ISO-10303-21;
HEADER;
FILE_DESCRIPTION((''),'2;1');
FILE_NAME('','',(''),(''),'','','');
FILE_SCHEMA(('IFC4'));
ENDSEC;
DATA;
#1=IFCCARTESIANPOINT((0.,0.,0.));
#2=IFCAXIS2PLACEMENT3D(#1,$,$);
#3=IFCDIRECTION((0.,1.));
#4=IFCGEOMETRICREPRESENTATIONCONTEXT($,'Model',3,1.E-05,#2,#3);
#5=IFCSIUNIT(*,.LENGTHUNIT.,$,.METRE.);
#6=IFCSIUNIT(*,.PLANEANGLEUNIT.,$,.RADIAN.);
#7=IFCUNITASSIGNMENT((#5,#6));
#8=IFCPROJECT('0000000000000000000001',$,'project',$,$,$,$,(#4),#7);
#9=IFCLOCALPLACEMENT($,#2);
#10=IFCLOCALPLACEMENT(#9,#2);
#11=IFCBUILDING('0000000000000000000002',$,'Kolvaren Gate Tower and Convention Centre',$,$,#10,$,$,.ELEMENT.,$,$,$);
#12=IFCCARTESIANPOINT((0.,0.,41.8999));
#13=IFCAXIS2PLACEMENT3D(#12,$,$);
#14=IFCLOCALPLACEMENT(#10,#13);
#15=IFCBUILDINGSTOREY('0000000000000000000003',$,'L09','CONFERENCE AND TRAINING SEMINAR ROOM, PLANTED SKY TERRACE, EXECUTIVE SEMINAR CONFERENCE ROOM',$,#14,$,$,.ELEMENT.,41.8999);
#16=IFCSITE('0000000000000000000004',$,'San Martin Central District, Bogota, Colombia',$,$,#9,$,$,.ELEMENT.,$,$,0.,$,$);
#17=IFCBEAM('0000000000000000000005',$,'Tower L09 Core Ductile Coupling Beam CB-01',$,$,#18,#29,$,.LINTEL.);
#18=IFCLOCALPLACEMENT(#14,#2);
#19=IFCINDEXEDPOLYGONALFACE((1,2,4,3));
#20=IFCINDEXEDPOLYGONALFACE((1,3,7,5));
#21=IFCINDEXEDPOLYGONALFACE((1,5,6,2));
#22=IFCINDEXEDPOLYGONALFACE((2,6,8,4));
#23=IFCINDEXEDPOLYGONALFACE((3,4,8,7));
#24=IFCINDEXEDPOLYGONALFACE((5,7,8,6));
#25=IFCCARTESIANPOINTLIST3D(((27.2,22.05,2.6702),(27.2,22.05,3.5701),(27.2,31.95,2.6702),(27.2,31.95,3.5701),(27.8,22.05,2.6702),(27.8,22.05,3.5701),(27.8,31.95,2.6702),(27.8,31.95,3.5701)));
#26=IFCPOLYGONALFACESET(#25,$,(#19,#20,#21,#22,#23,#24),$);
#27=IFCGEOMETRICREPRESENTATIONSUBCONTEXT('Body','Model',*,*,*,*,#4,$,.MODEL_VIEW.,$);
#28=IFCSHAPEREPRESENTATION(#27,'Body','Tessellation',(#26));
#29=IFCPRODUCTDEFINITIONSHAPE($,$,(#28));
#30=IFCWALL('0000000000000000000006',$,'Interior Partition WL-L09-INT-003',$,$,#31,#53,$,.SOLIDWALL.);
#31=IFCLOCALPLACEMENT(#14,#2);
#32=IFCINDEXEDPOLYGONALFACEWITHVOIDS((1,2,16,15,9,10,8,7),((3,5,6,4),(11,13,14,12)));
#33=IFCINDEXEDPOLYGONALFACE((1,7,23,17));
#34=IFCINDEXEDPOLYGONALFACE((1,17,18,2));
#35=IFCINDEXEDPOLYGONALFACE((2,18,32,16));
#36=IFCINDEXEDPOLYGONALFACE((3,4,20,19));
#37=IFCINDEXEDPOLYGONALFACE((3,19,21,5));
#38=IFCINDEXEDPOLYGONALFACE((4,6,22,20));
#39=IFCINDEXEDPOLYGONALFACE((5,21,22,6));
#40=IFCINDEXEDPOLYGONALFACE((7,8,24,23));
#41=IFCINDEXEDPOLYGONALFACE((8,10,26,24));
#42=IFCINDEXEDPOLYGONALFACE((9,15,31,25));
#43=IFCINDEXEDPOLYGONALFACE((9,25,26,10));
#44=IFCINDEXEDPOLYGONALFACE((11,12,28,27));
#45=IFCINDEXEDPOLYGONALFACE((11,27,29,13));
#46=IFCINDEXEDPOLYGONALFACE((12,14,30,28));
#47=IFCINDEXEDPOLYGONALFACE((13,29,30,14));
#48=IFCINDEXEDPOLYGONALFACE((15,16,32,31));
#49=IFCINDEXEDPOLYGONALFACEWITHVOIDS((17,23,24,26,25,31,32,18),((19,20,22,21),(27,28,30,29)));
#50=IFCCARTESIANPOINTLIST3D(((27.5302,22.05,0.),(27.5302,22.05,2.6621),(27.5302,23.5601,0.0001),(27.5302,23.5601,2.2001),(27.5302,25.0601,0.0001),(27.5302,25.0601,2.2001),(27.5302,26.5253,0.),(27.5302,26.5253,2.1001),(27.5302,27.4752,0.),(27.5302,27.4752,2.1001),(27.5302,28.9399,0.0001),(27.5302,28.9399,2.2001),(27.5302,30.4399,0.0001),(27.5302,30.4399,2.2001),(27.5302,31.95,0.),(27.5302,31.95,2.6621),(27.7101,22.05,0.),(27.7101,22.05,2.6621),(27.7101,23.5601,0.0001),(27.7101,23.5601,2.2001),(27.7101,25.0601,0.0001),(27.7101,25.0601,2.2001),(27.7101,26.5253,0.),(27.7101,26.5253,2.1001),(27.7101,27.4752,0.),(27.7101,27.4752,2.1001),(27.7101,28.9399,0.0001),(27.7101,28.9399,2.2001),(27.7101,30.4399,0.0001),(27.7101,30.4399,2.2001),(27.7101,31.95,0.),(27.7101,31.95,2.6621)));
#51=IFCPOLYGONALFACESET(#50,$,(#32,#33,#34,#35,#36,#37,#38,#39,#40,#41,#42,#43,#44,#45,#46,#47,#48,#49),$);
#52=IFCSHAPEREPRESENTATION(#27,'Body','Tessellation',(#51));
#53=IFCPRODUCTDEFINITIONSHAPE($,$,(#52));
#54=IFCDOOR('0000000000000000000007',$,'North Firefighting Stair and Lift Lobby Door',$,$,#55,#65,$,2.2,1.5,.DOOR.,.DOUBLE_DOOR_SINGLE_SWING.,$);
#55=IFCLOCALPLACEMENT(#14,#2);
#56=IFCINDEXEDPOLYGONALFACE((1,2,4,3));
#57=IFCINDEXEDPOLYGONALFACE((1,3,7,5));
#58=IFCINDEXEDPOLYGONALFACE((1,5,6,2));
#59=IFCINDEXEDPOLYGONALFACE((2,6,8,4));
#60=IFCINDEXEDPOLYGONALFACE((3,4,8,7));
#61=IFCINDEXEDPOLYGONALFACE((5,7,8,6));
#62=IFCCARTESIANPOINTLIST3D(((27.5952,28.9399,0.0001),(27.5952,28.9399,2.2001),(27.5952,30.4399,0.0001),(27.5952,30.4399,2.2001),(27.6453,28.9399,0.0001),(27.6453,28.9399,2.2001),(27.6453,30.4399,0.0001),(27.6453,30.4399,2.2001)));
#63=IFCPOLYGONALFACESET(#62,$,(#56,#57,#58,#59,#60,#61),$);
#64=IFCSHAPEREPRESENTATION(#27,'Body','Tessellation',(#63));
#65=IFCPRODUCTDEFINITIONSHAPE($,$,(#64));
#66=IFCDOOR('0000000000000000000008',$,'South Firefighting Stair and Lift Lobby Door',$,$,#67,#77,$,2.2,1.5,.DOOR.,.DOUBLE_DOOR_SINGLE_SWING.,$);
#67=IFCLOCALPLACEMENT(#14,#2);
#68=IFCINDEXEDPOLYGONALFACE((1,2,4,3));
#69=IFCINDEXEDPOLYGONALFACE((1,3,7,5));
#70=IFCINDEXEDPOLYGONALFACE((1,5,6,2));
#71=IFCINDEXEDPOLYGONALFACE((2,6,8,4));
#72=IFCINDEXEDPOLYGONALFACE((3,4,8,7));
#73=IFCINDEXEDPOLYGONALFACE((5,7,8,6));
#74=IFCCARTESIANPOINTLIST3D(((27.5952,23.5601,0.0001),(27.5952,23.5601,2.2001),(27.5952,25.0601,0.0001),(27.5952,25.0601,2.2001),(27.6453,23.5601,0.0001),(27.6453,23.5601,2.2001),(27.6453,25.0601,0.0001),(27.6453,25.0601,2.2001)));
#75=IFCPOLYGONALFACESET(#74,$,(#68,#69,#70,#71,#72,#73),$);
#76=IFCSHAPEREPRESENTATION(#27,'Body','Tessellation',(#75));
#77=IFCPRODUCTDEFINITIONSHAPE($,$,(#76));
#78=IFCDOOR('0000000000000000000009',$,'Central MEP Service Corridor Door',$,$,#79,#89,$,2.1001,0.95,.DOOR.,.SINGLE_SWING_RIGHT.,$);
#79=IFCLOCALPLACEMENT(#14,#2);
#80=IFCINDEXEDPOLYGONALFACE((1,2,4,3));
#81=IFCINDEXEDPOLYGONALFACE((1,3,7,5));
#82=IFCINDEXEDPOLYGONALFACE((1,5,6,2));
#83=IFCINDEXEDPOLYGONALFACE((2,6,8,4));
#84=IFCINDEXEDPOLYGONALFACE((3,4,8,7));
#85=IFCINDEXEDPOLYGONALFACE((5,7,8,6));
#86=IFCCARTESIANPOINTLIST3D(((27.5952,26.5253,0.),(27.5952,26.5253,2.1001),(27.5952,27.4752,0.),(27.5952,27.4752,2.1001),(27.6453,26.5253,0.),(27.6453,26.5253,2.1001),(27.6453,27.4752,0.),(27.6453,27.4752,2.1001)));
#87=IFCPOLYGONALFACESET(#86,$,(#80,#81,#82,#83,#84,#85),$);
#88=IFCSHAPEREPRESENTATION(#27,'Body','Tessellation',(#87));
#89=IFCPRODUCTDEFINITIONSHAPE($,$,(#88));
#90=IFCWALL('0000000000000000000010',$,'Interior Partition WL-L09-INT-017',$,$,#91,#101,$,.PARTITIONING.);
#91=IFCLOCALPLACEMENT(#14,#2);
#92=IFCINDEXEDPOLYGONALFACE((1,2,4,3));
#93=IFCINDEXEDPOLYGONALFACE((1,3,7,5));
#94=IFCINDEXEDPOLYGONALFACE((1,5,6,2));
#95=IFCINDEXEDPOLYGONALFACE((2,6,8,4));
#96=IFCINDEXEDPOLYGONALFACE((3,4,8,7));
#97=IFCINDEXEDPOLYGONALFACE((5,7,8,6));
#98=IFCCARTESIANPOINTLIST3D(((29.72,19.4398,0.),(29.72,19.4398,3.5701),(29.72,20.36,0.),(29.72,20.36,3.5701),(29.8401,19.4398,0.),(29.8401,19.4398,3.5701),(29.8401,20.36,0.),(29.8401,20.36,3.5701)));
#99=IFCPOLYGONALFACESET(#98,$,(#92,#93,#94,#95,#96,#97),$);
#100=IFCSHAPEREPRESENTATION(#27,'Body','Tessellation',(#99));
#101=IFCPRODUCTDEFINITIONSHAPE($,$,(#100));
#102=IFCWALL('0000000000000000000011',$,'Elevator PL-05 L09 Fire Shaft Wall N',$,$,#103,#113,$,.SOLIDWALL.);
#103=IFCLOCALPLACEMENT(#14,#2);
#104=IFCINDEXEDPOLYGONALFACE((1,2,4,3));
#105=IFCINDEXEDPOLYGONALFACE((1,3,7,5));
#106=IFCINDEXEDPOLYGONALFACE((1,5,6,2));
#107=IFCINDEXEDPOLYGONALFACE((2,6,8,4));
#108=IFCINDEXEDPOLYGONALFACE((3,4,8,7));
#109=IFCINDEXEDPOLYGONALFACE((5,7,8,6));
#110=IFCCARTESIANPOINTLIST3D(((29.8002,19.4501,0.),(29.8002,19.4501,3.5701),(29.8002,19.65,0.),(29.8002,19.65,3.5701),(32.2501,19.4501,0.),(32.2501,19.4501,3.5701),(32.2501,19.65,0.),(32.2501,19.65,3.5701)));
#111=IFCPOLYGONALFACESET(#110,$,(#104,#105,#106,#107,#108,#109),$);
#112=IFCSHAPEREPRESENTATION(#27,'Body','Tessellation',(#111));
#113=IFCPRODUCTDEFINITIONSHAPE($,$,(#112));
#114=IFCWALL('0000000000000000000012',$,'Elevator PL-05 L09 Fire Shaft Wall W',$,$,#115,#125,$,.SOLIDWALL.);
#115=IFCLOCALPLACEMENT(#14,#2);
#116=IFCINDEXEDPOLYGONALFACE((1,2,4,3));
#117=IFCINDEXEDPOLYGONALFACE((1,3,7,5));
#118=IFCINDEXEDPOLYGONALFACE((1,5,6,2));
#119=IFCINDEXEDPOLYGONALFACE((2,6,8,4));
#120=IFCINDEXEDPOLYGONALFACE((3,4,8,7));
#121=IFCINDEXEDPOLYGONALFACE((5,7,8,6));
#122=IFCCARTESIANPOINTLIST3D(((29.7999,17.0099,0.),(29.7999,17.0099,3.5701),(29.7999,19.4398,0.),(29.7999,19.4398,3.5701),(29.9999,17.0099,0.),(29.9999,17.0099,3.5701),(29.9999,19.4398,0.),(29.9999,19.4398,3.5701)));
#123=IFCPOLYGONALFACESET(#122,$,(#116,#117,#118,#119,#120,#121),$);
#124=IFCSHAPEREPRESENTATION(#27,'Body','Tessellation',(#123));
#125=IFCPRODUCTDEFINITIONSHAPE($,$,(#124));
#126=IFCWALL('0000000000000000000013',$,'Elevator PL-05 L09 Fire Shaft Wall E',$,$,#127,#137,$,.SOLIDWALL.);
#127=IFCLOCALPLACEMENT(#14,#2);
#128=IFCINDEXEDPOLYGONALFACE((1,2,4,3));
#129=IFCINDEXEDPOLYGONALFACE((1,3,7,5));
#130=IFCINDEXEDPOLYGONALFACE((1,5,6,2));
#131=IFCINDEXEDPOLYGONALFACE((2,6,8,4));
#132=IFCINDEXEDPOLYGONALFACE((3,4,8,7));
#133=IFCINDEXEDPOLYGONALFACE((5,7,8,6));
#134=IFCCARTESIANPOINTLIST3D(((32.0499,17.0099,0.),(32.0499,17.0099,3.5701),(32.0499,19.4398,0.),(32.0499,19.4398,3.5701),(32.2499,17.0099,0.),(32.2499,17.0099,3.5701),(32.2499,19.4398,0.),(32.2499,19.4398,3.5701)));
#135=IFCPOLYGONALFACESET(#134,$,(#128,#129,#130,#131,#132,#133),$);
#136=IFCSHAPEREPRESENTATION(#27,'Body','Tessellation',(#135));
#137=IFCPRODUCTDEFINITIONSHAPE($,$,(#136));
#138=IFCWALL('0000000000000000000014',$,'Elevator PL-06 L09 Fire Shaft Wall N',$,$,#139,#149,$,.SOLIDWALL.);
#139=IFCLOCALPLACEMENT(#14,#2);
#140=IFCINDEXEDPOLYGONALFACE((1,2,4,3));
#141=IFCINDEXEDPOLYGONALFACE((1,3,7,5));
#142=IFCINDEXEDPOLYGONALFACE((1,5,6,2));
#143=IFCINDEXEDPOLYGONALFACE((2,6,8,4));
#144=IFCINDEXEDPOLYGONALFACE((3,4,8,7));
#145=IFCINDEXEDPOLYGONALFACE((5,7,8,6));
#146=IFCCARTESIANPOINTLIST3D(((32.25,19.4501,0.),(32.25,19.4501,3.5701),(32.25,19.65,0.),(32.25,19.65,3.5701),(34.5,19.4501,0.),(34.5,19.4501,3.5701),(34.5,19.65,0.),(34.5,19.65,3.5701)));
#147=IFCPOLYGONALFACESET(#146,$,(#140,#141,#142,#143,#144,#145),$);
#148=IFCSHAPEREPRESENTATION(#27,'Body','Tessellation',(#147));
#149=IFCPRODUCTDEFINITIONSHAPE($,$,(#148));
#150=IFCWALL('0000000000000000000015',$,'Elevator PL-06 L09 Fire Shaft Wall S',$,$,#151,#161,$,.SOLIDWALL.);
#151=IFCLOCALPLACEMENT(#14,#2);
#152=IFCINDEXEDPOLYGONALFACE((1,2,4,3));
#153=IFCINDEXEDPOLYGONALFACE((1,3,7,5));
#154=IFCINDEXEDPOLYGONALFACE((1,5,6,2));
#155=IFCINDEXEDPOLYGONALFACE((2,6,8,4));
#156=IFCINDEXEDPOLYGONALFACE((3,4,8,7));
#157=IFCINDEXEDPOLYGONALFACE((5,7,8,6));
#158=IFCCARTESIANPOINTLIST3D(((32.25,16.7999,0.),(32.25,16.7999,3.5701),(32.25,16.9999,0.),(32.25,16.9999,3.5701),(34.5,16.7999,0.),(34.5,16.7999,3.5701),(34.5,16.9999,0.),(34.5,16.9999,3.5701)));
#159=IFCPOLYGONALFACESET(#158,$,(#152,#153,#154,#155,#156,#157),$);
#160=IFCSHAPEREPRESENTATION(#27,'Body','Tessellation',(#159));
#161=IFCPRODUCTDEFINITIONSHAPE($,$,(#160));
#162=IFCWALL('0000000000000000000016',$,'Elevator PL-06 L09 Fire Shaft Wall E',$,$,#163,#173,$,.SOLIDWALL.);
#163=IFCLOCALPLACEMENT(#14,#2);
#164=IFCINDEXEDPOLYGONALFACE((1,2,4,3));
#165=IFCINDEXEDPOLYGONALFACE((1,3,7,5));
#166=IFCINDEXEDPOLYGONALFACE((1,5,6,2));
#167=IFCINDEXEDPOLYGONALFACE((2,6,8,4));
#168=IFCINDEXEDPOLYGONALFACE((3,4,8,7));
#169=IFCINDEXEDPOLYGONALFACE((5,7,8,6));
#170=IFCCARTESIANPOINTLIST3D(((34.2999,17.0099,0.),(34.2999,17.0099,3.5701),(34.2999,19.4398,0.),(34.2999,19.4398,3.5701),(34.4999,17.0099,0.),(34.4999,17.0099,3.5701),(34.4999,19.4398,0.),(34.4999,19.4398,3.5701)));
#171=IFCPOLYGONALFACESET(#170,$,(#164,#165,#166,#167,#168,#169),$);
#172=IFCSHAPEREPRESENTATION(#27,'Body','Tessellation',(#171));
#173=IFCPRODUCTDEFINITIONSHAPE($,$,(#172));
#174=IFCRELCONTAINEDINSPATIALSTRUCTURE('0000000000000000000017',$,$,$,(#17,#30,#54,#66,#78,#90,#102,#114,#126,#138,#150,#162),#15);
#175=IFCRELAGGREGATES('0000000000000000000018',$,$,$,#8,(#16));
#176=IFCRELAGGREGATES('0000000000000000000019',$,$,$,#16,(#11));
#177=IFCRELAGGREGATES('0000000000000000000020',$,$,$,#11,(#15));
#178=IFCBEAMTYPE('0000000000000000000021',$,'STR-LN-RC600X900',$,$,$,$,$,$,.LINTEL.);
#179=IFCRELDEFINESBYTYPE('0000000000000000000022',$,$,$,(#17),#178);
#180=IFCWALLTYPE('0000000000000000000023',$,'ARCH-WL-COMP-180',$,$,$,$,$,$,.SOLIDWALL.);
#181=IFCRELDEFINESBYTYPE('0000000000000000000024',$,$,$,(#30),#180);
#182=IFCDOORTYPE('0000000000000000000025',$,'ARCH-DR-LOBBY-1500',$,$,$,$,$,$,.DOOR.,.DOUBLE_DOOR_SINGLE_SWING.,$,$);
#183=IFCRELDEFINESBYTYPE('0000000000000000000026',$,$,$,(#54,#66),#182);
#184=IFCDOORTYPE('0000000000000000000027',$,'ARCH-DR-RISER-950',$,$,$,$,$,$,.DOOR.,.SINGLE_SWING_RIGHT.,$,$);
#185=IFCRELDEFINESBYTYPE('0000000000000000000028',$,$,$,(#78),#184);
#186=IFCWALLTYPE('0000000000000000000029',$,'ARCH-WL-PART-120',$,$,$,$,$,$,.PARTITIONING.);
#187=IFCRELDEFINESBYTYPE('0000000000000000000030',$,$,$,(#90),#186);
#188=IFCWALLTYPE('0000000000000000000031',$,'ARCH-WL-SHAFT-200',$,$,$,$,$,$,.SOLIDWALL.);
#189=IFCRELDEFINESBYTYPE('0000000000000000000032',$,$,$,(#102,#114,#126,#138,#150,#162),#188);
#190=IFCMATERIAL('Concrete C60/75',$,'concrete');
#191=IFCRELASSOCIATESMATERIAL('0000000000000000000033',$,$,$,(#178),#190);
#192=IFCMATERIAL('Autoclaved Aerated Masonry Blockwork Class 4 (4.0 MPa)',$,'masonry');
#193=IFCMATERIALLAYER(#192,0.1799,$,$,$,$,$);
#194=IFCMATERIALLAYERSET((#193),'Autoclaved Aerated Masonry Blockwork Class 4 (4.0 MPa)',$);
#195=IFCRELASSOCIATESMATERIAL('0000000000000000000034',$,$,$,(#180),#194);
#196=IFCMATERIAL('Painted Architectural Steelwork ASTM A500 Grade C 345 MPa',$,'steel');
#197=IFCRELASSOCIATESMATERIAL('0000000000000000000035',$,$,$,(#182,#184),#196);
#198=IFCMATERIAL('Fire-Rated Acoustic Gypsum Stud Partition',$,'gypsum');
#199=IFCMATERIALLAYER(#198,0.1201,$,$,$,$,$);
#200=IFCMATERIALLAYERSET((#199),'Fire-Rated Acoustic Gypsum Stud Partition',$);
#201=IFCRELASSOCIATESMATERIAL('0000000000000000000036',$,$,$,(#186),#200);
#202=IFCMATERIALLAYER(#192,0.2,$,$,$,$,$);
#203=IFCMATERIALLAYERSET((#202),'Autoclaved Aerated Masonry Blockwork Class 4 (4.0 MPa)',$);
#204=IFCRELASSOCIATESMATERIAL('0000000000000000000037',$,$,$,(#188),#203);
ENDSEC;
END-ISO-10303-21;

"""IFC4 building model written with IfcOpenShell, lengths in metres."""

from ifc_helpers import new_model, si_unit, direction, frame, frame_2d, origin, origin_2d, place, context, subcontext, project, spatial, rectangle, extrude, material, layer, layer_set, material_profile, profile_set, type_object, element, fill, save


model = new_model("IFC4")

# Units and contexts
model_context = context("Model", 3, precision=1e-05, world=origin(), true_north=direction((0.0, 1.0)))
body_context = subcontext(model_context, "Body", "Model", "MODEL_VIEW")
ifc_project = project(units=[si_unit("LENGTHUNIT", "METRE"), si_unit("PLANEANGLEUNIT", "RADIAN")], contexts=[model_context])

# Site, building, storey
site_placement = place(None, origin())
site = spatial("IfcSite", under=ifc_project, at=site_placement, Name="San Martin Central District, Bogota, Colombia", CompositionType="ELEMENT", RefElevation=0.0)
building_placement = place(site_placement, origin())
building = spatial("IfcBuilding", under=site, at=building_placement, Name="Kolvaren Gate Tower and Convention Centre", CompositionType="ELEMENT")
storey_placement = place(building_placement, frame((0.0, 0.0, 41.8999)))
storey = spatial("IfcBuildingStorey", under=building, at=storey_placement, Name="L09", Description="CONFERENCE AND TRAINING SEMINAR ROOM, PLANTED SKY TERRACE, EXECUTIVE SEMINAR CONFERENCE ROOM", CompositionType="ELEMENT", Elevation=41.8999)

# Beam
ifc_material_1 = material(Name="Concrete C60/75", Category="concrete")
ifc_material_profile = material_profile(ifc_material_1, rectangle(XDim=0.6001, YDim=0.8999, at=origin_2d()), Name="RC-BM-600X900")
ifc_profile_set = profile_set([ifc_material_profile], Name="Concrete C60/75")
beam_type = type_object("IfcBeamType", Name="STR-LN-RC600X900", PredefinedType="LINTEL", material=ifc_profile_set)
beam_placement = place(storey_placement, frame((27.5, 22.05, 3.1201), z_axis=(0.0, 1.0, 0.0), x_axis=(-1.0, 0.0, 0.0)))
element("IfcBeam", 1, at=beam_placement, inside=storey, type_object=beam_type, Name="Tower L09 Core Ductile Coupling Beam CB-01", PredefinedType="LINTEL", context=body_context, shape_type="SweptSolid", body=[
    extrude(rectangle(XDim=0.6001, YDim=0.8999, at=origin_2d()), origin(), (0.0, 0.0, 1.0), 9.8999),
])

# Wall, openings, doors
ifc_material_2 = material(Name="Autoclaved Aerated Masonry Blockwork Class 4 (4.0 MPa)", Category="masonry")
ifc_layer_1 = layer(ifc_material_2, 0.1799)
ifc_layer_set_1 = layer_set([ifc_layer_1], Name="Autoclaved Aerated Masonry Blockwork Class 4 (4.0 MPa)")
wall_type_1 = type_object("IfcWallType", Name="ARCH-WL-COMP-180", PredefinedType="SOLIDWALL", material=ifc_layer_set_1)
wall_1_placement = place(storey_placement, frame((27.6201, 22.05, 0.0), z_axis=(0.0, 0.0, 1.0), x_axis=(0.0, 1.0, 0.0)))
wall_1 = element("IfcWall", 2, at=wall_1_placement, inside=storey, type_object=wall_type_1, Name="Interior Partition WL-L09-INT-003", PredefinedType="SOLIDWALL", context=body_context, shape_type="SweptSolid", body=[
    extrude(rectangle(XDim=9.8999, YDim=0.1799, at=frame_2d((4.95, 0.0))), origin(), (0.0, 0.0, 1.0), 2.6621),
])
opening_1_placement = place(wall_1_placement, frame((4.4751, 0.0, 0.0)))
opening_1 = element("IfcOpeningElement", 3, at=opening_1_placement, cuts=wall_1, PredefinedType="OPENING", context=body_context, shape_type="SweptSolid", body=[
    extrude(rectangle(XDim=0.95, YDim=2.1001, at=frame_2d((0.4751, 1.05))), frame((0.0, 0.0999, 0.0), z_axis=(0.0, -1.0, 0.0), x_axis=(1.0, 0.0, 0.0)), (0.0, 0.0, 1.0), 0.2),
])
opening_2_placement = place(wall_1_placement, frame((6.8899, 0.0, 0.0)))
opening_2 = element("IfcOpeningElement", 4, at=opening_2_placement, cuts=wall_1, PredefinedType="OPENING", context=body_context, shape_type="SweptSolid", body=[
    extrude(rectangle(XDim=1.5, YDim=2.2, at=frame_2d((0.75, 1.1001))), frame((0.0, 0.0999, 0.0), z_axis=(0.0, -1.0, 0.0), x_axis=(1.0, 0.0, 0.0)), (0.0, 0.0, 1.0), 0.2),
])
opening_3_placement = place(wall_1_placement, frame((1.51, 0.0, 0.0)))
opening_3 = element("IfcOpeningElement", 5, at=opening_3_placement, cuts=wall_1, PredefinedType="OPENING", context=body_context, shape_type="SweptSolid", body=[
    extrude(rectangle(XDim=1.5, YDim=2.2, at=frame_2d((0.75, 1.1001))), frame((0.0, 0.0999, 0.0), z_axis=(0.0, -1.0, 0.0), x_axis=(1.0, 0.0, 0.0)), (0.0, 0.0, 1.0), 0.2),
])
ifc_material_3 = material(Name="Painted Architectural Steelwork ASTM A500 Grade C 345 MPa", Category="steel")
door_type_1 = type_object("IfcDoorType", Name="ARCH-DR-LOBBY-1500", OperationType="DOUBLE_DOOR_SINGLE_SWING", PredefinedType="DOOR", material=ifc_material_3)
door_1_placement = place(opening_2_placement, origin())
door_1 = element("IfcDoor", 6, at=door_1_placement, inside=storey, type_object=door_type_1, Name="North Firefighting Stair and Lift Lobby Door", OperationType="DOUBLE_DOOR_SINGLE_SWING", OverallHeight=2.2, OverallWidth=1.5, PredefinedType="DOOR", context=body_context, shape_type="SweptSolid", body=[
    extrude(rectangle(XDim=1.5, YDim=2.2, at=frame_2d((0.75, 1.1001))), frame((0.0, 0.0249, 0.0), z_axis=(0.0, -1.0, 0.0), x_axis=(1.0, 0.0, 0.0)), (0.0, 0.0, 1.0), 0.05),
])
fill(opening_2, door_1)
door_2_placement = place(opening_3_placement, origin())
door_2 = element("IfcDoor", 7, at=door_2_placement, inside=storey, type_object=door_type_1, Name="South Firefighting Stair and Lift Lobby Door", OperationType="DOUBLE_DOOR_SINGLE_SWING", OverallHeight=2.2, OverallWidth=1.5, PredefinedType="DOOR", context=body_context, shape_type="SweptSolid", body=[
    extrude(rectangle(XDim=1.5, YDim=2.2, at=frame_2d((0.75, 1.1001))), frame((0.0, 0.0249, 0.0), z_axis=(0.0, -1.0, 0.0), x_axis=(1.0, 0.0, 0.0)), (0.0, 0.0, 1.0), 0.05),
])
fill(opening_3, door_2)
door_type_2 = type_object("IfcDoorType", Name="ARCH-DR-RISER-950", OperationType="SINGLE_SWING_RIGHT", PredefinedType="DOOR", material=ifc_material_3)
door_3_placement = place(opening_1_placement, origin())
door_3 = element("IfcDoor", 8, at=door_3_placement, inside=storey, type_object=door_type_2, Name="Central MEP Service Corridor Door", OperationType="SINGLE_SWING_RIGHT", OverallHeight=2.1001, OverallWidth=0.95, PredefinedType="DOOR", context=body_context, shape_type="SweptSolid", body=[
    extrude(rectangle(XDim=0.95, YDim=2.1001, at=frame_2d((0.4751, 1.05))), frame((0.0, 0.0249, 0.0), z_axis=(0.0, -1.0, 0.0), x_axis=(1.0, 0.0, 0.0)), (0.0, 0.0, 1.0), 0.05),
])
fill(opening_1, door_3)

# Walls
ifc_material_4 = material(Name="Fire-Rated Acoustic Gypsum Stud Partition", Category="gypsum")
ifc_layer_2 = layer(ifc_material_4, 0.1201)
ifc_layer_set_2 = layer_set([ifc_layer_2], Name="Fire-Rated Acoustic Gypsum Stud Partition")
wall_type_2 = type_object("IfcWallType", Name="ARCH-WL-PART-120", PredefinedType="PARTITIONING", material=ifc_layer_set_2)
wall_2_placement = place(storey_placement, frame((29.78, 19.4399, 0.0), z_axis=(0.0, 0.0, 1.0), x_axis=(0.0, 1.0, 0.0)))
element("IfcWall", 9, at=wall_2_placement, inside=storey, type_object=wall_type_2, Name="Interior Partition WL-L09-INT-017", PredefinedType="PARTITIONING", context=body_context, shape_type="SweptSolid", body=[
    extrude(rectangle(XDim=0.9202, YDim=0.1201, at=frame_2d((0.46, 0.0))), origin(), (0.0, 0.0, 1.0), 3.5701),
])
ifc_layer_3 = layer(ifc_material_2, 0.2)
ifc_layer_set_3 = layer_set([ifc_layer_3], Name="Autoclaved Aerated Masonry Blockwork Class 4 (4.0 MPa)")
wall_type_3 = type_object("IfcWallType", Name="ARCH-WL-SHAFT-200", PredefinedType="SOLIDWALL", material=ifc_layer_set_3)
wall_3_placement = place(storey_placement, frame((29.8, 19.55, 0.0), z_axis=(0.0, 0.0, 1.0), x_axis=(1.0, 0.0, 0.0)))
element("IfcWall", 10, at=wall_3_placement, inside=storey, type_object=wall_type_3, Name="Elevator PL-05 L09 Fire Shaft Wall N", PredefinedType="SOLIDWALL", context=body_context, shape_type="SweptSolid", body=[
    extrude(rectangle(XDim=2.45, YDim=0.2, at=frame_2d((1.2251, 0.0))), origin(), (0.0, 0.0, 1.0), 3.5701),
])
for number, where, z_axis, x_axis, name in (
    (11, (29.8999, 17.01, 0.0), (0.0, 0.0, 1.0), (0.0, 1.0, 0.0), "Elevator PL-05 L09 Fire Shaft Wall W"),
    (12, (32.1499, 17.01, 0.0), (0.0, 0.0, 1.0), (0.0, 1.0, 0.0), "Elevator PL-05 L09 Fire Shaft Wall E"),
):
    element("IfcWall", number, at=place(storey_placement, frame(where, z_axis=z_axis, x_axis=x_axis)), inside=storey, type_object=wall_type_3, Name=name, PredefinedType="SOLIDWALL", context=body_context, shape_type="SweptSolid", body=[
        extrude(rectangle(XDim=2.4299, YDim=0.2, at=frame_2d((1.2148, 0.0))), origin(), (0.0, 0.0, 1.0), 3.5701),
    ])
for number, where, z_axis, x_axis, name in (
    (13, (32.25, 19.55, 0.0), (0.0, 0.0, 1.0), (1.0, 0.0, 0.0), "Elevator PL-06 L09 Fire Shaft Wall N"),
    (14, (32.25, 16.8999, 0.0), (0.0, 0.0, 1.0), (1.0, 0.0, 0.0), "Elevator PL-06 L09 Fire Shaft Wall S"),
):
    element("IfcWall", number, at=place(storey_placement, frame(where, z_axis=z_axis, x_axis=x_axis)), inside=storey, type_object=wall_type_3, Name=name, PredefinedType="SOLIDWALL", context=body_context, shape_type="SweptSolid", body=[
        extrude(rectangle(XDim=2.25, YDim=0.2, at=frame_2d((1.125, 0.0))), origin(), (0.0, 0.0, 1.0), 3.5701),
    ])
wall_4_placement = place(storey_placement, frame((34.3999, 17.01, 0.0), z_axis=(0.0, 0.0, 1.0), x_axis=(0.0, 1.0, 0.0)))
element("IfcWall", 15, at=wall_4_placement, inside=storey, type_object=wall_type_3, Name="Elevator PL-06 L09 Fire Shaft Wall E", PredefinedType="SOLIDWALL", context=body_context, shape_type="SweptSolid", body=[
    extrude(rectangle(XDim=2.4299, YDim=0.2, at=frame_2d((1.2148, 0.0))), origin(), (0.0, 0.0, 1.0), 3.5701),
])

save(model, "model.ifc")
